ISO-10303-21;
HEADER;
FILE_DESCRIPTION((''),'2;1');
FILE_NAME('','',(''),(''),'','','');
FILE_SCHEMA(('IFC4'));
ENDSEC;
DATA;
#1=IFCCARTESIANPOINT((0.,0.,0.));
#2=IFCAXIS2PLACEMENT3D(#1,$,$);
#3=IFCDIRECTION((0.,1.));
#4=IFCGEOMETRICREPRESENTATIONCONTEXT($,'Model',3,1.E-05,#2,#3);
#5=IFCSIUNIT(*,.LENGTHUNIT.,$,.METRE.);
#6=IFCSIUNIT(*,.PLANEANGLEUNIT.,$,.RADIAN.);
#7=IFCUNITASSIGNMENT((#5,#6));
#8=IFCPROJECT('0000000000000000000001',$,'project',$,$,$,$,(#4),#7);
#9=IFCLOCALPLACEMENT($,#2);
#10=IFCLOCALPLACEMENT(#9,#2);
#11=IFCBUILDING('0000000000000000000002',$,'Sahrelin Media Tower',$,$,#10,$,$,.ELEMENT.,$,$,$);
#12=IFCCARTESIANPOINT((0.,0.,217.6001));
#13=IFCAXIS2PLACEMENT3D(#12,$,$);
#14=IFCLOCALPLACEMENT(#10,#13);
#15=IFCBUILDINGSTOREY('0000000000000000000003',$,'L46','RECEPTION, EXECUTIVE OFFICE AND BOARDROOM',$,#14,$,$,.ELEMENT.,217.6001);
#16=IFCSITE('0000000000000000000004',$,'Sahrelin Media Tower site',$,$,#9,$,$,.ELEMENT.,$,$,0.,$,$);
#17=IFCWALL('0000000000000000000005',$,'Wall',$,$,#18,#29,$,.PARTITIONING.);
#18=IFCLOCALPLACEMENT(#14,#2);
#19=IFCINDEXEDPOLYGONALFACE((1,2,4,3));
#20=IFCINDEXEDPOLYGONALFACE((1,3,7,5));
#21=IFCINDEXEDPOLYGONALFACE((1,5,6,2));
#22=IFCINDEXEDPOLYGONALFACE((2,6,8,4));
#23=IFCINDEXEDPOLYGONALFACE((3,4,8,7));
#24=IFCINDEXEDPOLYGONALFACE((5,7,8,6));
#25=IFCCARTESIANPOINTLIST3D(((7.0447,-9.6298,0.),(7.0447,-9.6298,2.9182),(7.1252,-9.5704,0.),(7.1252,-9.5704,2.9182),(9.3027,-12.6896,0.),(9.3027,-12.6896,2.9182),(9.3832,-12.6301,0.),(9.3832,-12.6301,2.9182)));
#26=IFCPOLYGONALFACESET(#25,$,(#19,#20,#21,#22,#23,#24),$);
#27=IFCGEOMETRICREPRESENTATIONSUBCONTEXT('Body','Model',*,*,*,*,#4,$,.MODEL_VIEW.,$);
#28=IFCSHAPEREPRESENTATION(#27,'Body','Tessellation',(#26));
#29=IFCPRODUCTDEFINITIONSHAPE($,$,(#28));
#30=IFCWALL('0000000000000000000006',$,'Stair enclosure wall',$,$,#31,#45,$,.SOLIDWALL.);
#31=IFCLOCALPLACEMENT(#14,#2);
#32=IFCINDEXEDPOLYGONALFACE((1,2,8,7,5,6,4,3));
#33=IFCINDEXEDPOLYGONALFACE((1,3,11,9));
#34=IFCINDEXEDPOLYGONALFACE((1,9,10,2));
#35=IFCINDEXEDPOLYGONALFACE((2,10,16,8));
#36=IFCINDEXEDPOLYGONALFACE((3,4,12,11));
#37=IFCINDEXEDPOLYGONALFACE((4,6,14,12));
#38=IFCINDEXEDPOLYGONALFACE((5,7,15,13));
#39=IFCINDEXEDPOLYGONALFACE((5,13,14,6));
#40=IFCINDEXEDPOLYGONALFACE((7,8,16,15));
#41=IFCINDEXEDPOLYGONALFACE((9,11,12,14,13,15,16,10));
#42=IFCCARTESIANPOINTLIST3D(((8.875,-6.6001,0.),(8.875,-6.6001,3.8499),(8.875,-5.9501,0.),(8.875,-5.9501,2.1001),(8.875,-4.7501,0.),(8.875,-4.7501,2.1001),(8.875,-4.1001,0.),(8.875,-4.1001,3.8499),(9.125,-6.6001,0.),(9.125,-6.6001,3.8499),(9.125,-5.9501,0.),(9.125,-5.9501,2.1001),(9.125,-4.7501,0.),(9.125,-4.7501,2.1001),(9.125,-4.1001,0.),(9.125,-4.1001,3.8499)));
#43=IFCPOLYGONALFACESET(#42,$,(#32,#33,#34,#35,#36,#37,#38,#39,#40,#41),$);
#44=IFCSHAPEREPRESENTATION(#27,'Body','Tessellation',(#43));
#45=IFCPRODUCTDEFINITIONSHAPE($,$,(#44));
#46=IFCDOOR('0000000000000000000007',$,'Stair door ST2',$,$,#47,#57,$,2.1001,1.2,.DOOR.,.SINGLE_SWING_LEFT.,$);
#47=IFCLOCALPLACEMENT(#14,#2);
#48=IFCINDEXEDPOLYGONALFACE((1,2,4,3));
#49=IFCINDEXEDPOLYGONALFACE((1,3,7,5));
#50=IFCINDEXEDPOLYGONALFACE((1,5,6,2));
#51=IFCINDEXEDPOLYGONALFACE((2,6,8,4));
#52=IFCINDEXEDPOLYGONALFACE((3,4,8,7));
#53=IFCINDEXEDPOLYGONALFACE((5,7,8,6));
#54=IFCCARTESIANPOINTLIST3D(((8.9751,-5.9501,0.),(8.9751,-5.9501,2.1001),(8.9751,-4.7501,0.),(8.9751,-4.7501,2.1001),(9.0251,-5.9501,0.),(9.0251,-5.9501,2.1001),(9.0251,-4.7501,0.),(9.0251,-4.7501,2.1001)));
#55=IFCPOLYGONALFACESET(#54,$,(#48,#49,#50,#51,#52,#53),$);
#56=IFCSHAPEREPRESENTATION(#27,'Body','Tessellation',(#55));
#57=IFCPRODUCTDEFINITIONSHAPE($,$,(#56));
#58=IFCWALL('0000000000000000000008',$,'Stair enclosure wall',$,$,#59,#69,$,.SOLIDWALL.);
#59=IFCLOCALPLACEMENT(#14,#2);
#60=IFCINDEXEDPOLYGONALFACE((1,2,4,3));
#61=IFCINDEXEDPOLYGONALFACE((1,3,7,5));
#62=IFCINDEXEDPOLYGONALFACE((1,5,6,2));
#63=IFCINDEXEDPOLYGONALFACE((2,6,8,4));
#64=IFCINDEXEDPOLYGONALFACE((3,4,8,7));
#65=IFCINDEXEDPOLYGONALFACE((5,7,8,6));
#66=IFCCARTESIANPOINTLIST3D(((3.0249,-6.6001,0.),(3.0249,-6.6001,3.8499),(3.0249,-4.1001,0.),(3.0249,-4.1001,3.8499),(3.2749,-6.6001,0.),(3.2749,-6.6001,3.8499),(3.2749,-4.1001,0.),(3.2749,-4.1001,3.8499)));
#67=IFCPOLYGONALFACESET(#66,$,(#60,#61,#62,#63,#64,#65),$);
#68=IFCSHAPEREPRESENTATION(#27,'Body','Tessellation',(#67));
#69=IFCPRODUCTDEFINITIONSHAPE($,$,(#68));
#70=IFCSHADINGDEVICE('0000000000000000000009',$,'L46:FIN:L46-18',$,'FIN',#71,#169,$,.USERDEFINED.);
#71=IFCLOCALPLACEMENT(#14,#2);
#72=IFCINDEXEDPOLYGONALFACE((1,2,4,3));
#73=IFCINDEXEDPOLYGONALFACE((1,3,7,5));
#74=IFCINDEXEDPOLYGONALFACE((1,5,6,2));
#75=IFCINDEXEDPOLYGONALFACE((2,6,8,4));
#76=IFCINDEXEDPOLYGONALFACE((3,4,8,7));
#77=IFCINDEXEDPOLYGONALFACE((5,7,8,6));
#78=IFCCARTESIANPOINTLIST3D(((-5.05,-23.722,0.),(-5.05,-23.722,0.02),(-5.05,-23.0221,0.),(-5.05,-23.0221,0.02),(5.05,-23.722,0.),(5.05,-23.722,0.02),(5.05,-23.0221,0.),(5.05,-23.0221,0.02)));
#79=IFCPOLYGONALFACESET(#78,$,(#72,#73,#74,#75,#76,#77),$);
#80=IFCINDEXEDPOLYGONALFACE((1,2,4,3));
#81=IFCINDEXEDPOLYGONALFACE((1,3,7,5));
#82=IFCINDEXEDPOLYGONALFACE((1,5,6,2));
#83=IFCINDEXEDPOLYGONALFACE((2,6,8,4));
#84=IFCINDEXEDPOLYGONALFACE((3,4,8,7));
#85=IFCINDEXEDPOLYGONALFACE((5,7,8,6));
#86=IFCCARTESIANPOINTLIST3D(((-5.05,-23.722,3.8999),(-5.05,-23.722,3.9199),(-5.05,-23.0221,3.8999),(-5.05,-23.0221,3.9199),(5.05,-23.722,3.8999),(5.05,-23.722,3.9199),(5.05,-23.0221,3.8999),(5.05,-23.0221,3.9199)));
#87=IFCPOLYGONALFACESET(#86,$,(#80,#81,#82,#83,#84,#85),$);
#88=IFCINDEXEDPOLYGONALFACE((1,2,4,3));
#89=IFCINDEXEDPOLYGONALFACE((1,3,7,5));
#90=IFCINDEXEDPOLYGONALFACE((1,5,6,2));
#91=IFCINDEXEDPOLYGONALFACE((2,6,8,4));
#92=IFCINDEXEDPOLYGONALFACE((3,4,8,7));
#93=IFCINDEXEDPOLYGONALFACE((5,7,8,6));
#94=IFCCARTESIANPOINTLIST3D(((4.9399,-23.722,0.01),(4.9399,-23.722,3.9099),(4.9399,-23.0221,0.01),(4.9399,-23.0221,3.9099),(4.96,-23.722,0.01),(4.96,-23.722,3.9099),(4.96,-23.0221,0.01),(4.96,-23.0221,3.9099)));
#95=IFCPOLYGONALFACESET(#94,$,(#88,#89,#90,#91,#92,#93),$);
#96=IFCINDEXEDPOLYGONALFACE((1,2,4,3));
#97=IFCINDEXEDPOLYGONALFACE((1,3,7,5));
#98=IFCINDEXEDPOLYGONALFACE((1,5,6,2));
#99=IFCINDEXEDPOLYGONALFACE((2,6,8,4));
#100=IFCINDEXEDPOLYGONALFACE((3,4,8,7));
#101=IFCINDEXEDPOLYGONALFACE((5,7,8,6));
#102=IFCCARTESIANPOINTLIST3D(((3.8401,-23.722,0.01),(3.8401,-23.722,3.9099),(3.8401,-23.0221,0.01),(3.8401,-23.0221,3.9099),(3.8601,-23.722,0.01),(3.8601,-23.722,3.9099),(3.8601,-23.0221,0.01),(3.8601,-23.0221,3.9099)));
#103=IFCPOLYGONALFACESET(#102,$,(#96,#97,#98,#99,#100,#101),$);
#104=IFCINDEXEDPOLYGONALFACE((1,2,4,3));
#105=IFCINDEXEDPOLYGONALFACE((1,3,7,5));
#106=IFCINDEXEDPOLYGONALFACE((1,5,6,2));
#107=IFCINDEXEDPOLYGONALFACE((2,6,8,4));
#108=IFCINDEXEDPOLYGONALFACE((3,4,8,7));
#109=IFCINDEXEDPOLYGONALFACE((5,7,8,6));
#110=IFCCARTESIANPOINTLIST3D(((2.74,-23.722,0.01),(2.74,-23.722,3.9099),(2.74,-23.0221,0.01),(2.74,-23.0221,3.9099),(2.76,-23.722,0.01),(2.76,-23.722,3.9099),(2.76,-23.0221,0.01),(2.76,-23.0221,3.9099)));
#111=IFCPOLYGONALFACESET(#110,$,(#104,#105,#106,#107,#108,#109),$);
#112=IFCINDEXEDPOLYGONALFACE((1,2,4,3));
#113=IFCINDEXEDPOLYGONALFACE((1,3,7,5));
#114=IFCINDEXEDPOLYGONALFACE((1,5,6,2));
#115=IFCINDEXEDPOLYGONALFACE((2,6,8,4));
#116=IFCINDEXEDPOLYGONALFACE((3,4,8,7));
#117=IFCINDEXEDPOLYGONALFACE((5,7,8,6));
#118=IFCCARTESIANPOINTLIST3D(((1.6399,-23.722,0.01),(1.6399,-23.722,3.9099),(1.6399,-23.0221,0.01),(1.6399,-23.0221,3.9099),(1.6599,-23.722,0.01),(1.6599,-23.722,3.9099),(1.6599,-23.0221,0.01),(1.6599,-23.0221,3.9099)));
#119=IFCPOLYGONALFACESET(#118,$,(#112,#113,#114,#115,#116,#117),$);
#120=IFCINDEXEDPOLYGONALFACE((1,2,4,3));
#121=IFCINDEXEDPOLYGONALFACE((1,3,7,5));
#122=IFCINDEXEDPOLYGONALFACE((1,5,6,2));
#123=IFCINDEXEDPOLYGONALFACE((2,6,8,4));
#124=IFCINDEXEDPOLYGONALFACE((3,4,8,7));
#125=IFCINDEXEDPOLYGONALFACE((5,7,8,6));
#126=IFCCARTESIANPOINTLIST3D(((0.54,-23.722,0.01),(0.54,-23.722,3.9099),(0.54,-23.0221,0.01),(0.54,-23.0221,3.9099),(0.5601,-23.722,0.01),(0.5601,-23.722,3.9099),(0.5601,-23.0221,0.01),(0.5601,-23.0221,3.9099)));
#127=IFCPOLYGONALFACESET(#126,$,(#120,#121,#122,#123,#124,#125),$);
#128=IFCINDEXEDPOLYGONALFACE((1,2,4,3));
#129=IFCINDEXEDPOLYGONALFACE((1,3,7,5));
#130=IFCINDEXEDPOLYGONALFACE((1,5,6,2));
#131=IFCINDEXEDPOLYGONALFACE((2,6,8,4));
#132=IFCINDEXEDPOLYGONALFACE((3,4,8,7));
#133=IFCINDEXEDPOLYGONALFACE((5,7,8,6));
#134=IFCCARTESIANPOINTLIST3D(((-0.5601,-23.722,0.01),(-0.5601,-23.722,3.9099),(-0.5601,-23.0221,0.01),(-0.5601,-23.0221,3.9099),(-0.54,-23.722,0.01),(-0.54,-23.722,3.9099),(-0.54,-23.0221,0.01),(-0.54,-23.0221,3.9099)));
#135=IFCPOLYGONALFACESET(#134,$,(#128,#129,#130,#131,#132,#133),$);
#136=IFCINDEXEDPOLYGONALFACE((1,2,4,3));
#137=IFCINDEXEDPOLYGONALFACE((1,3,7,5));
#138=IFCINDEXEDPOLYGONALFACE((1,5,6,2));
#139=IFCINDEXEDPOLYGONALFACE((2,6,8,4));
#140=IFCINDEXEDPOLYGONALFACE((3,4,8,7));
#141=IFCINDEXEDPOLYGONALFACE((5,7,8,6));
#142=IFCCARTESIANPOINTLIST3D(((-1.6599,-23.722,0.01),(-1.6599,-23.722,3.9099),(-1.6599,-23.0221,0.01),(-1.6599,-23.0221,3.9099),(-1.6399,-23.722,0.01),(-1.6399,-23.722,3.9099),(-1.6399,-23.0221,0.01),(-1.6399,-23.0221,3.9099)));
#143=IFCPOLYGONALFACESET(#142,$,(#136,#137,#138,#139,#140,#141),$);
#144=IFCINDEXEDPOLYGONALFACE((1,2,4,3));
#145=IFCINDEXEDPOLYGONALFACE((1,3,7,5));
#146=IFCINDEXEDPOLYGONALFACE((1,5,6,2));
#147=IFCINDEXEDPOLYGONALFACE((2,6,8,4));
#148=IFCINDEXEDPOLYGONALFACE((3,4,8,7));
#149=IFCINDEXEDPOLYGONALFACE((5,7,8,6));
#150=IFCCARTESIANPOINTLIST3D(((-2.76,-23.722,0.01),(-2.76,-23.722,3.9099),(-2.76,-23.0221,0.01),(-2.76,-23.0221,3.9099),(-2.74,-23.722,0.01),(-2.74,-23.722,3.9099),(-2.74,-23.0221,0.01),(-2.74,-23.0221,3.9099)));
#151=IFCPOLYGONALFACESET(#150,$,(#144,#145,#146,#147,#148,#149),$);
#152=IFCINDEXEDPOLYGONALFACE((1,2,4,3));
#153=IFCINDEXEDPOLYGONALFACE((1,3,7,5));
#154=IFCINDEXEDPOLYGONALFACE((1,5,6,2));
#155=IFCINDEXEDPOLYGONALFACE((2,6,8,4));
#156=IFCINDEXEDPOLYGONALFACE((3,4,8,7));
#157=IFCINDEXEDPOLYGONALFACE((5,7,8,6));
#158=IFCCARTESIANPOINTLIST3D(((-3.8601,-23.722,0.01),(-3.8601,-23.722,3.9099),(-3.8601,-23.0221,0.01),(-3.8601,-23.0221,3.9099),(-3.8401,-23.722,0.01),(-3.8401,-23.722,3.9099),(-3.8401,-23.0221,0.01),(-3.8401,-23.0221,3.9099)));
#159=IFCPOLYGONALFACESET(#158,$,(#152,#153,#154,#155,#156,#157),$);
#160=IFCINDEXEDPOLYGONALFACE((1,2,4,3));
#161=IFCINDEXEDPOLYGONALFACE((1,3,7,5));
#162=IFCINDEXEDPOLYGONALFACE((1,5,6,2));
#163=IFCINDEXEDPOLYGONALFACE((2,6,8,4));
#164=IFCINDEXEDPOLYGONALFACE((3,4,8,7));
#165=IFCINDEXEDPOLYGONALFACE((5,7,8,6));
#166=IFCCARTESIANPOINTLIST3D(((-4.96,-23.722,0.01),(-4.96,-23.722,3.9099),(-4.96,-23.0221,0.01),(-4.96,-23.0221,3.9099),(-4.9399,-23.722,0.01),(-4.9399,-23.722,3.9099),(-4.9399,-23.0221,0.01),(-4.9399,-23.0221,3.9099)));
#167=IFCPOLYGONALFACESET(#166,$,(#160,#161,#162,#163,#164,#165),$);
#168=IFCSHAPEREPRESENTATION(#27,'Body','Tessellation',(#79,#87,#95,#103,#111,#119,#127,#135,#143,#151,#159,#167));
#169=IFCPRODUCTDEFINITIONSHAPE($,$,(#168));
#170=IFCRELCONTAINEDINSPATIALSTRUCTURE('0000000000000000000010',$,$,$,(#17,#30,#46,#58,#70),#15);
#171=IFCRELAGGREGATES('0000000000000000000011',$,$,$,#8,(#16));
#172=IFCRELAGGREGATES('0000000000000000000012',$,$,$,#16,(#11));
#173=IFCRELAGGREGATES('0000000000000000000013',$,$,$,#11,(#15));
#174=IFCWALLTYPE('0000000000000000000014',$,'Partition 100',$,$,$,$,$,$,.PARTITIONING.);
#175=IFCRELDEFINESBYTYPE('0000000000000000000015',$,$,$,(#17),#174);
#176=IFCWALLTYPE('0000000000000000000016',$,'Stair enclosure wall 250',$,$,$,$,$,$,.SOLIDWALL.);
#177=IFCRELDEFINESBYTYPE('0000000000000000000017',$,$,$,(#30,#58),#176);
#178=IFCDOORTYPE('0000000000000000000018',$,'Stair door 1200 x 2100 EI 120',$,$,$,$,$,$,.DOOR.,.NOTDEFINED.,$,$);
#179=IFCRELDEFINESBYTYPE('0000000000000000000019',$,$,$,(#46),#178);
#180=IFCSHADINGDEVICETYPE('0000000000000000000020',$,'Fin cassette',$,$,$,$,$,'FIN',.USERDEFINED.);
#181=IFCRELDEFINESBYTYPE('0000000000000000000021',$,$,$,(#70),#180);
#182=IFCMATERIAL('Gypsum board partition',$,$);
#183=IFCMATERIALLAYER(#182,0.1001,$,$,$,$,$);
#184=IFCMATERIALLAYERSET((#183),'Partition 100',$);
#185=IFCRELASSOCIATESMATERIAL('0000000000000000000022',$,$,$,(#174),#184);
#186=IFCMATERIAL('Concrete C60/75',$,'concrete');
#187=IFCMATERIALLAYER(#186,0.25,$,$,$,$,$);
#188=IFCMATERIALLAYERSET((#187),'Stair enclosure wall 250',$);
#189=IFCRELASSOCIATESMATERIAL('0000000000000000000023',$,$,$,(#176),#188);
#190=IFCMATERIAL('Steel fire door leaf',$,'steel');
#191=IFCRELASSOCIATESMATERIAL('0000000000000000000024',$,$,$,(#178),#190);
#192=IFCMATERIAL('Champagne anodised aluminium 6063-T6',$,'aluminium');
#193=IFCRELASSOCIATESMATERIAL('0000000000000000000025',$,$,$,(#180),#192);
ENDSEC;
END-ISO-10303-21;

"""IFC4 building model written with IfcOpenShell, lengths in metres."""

from ifc_helpers import new_model, si_unit, direction, frame, frame_2d, origin, origin_2d, place, context, subcontext, project, spatial, rectangle, extrude, material, layer, layer_set, type_object, element, fill, save


model = new_model("IFC4")

# Units and contexts
model_context = context("Model", 3, precision=1e-05, world=origin(), true_north=direction((0.0, 1.0)))
body_context = subcontext(model_context, "Body", "Model", "MODEL_VIEW")
ifc_project = project(units=[si_unit("LENGTHUNIT", "METRE"), si_unit("PLANEANGLEUNIT", "RADIAN")], contexts=[model_context])

# Site, building, storey
site_placement = place(None, origin())
site = spatial("IfcSite", under=ifc_project, at=site_placement, Name="Sahrelin Media Tower site", CompositionType="ELEMENT", RefElevation=0.0)
building_placement = place(site_placement, origin())
building = spatial("IfcBuilding", under=site, at=building_placement, Name="Sahrelin Media Tower", CompositionType="ELEMENT")
storey_placement = place(building_placement, frame((0.0, 0.0, 217.6001)))
storey = spatial("IfcBuildingStorey", under=building, at=storey_placement, Name="L46", Description="RECEPTION, EXECUTIVE OFFICE AND BOARDROOM", CompositionType="ELEMENT", Elevation=217.6001)

# Shared definitions
ifc_material_1 = material(Name="Champagne anodised aluminium 6063-T6", Category="aluminium")

# Shared definitions
ifc_material_2 = material(Name="Steel fire door leaf", Category="steel")

# Wall
ifc_material_3 = material(Name="Gypsum board partition")
ifc_layer_1 = layer(ifc_material_3, 0.1001)
ifc_layer_set_1 = layer_set([ifc_layer_1], Name="Partition 100")
wall_type_1 = type_object("IfcWallType", Name="Partition 100", PredefinedType="PARTITIONING", material=ifc_layer_set_1)
wall_1_placement = place(storey_placement, frame((7.085, -9.6001, 0.0), z_axis=(0.0, 0.0, 1.0), x_axis=(0.593788, -0.804622, 0.0)))
element("IfcWall", 1, at=wall_1_placement, inside=storey, type_object=wall_type_1, Name="Wall", PredefinedType="PARTITIONING", context=body_context, shape_type="SweptSolid", body=[
    extrude(rectangle(XDim=3.8027, YDim=0.1001, at=frame_2d((1.9014, 0.0))), origin(), (0.0, 0.0, 1.0), 2.9182),
])

# Wall, opening, door
ifc_material_4 = material(Name="Concrete C60/75", Category="concrete")
ifc_layer_2 = layer(ifc_material_4, 0.25)
ifc_layer_set_2 = layer_set([ifc_layer_2], Name="Stair enclosure wall 250")
wall_type_2 = type_object("IfcWallType", Name="Stair enclosure wall 250", PredefinedType="SOLIDWALL", material=ifc_layer_set_2)
wall_2_placement = place(storey_placement, frame((9.0, -6.6001, 0.0), z_axis=(0.0, 0.0, 1.0), x_axis=(0.0, 1.0, 0.0)))
wall_2 = element("IfcWall", 2, at=wall_2_placement, inside=storey, type_object=wall_type_2, Name="Stair enclosure wall", PredefinedType="SOLIDWALL", context=body_context, shape_type="SweptSolid", body=[
    extrude(rectangle(XDim=2.5, YDim=0.25, at=frame_2d((1.25, 0.0))), origin(), (0.0, 0.0, 1.0), 3.8499),
])
opening_1_placement = place(wall_2_placement, frame((0.6499, 0.0, 0.0)))
opening_1 = element("IfcOpeningElement", 3, at=opening_1_placement, cuts=wall_2, PredefinedType="OPENING", context=body_context, shape_type="SweptSolid", body=[
    extrude(rectangle(XDim=1.2, YDim=2.1001, at=frame_2d((0.6001, 1.05))), frame((0.0, 0.125, 0.0), z_axis=(0.0, -1.0, 0.0), x_axis=(1.0, 0.0, 0.0)), (0.0, 0.0, 1.0), 0.25),
])
door_type_1 = type_object("IfcDoorType", Name="Stair door 1200 x 2100 EI 120", OperationType="NOTDEFINED", PredefinedType="DOOR", material=ifc_material_2)
door_1_placement = place(opening_1_placement, origin())
door_1 = element("IfcDoor", 4, at=door_1_placement, inside=storey, type_object=door_type_1, Name="Stair door ST2", OperationType="SINGLE_SWING_LEFT", OverallHeight=2.1001, OverallWidth=1.2, PredefinedType="DOOR", context=body_context, shape_type="SweptSolid", body=[
    extrude(rectangle(XDim=1.2, YDim=2.1001, at=frame_2d((0.6001, 1.05))), frame((0.0, 0.0249, 0.0), z_axis=(0.0, -1.0, 0.0), x_axis=(1.0, 0.0, 0.0)), (0.0, 0.0, 1.0), 0.05),
])
fill(opening_1, door_1)

# Wall
wall_3_placement = place(storey_placement, frame((3.1499, -6.6001, 0.0), z_axis=(0.0, 0.0, 1.0), x_axis=(0.0, 1.0, 0.0)))
element("IfcWall", 5, at=wall_3_placement, inside=storey, type_object=wall_type_2, Name="Stair enclosure wall", PredefinedType="SOLIDWALL", context=body_context, shape_type="SweptSolid", body=[
    extrude(rectangle(XDim=2.5, YDim=0.25, at=frame_2d((1.25, 0.0))), origin(), (0.0, 0.0, 1.0), 3.8499),
])

# Shading device
shading_device_type_1 = type_object("IfcShadingDeviceType", Name="Fin cassette", ElementType="FIN", PredefinedType="USERDEFINED", material=ifc_material_1)
placement_1 = place(storey_placement, frame((0.0, -22.9521, 0.0), z_axis=(0.0, 0.0, 1.0), x_axis=(-1.0, 0.0, 0.0)))
element("IfcShadingDevice", 6, at=placement_1, inside=storey, type_object=shading_device_type_1, Name="L46:FIN:L46-18", ObjectType="FIN", PredefinedType="USERDEFINED", context=body_context, shape_type="SweptSolid", body=[
    extrude(rectangle(XDim=10.1001, YDim=0.7, at=origin_2d()), frame((0.0, 0.4199, 0.0)), (0.0, 0.0, 1.0), 0.02),
    extrude(rectangle(XDim=10.1001, YDim=0.7, at=origin_2d()), frame((0.0, 0.4199, 3.8999)), (0.0, 0.0, 1.0), 0.02),
    extrude(rectangle(XDim=0.02, YDim=0.7, at=origin_2d()), frame((-4.95, 0.4199, 0.01), z_axis=(0.0, 0.0, 1.0), x_axis=(1.0, 0.0, 0.0)), (0.0, 0.0, 1.0), 3.8999),
    extrude(rectangle(XDim=0.02, YDim=0.7, at=origin_2d()), frame((-3.8501, 0.4199, 0.01), z_axis=(0.0, 0.0, 1.0), x_axis=(1.0, 0.0, 0.0)), (0.0, 0.0, 1.0), 3.8999),
    extrude(rectangle(XDim=0.02, YDim=0.7, at=origin_2d()), frame((-2.75, 0.4199, 0.01), z_axis=(0.0, 0.0, 1.0), x_axis=(1.0, 0.0, 0.0)), (0.0, 0.0, 1.0), 3.8999),
    extrude(rectangle(XDim=0.02, YDim=0.7, at=origin_2d()), frame((-1.6499, 0.4199, 0.01), z_axis=(0.0, 0.0, 1.0), x_axis=(1.0, 0.0, 0.0)), (0.0, 0.0, 1.0), 3.8999),
    extrude(rectangle(XDim=0.02, YDim=0.7, at=origin_2d()), frame((-0.55, 0.4199, 0.01), z_axis=(0.0, 0.0, 1.0), x_axis=(1.0, 0.0, 0.0)), (0.0, 0.0, 1.0), 3.8999),
    extrude(rectangle(XDim=0.02, YDim=0.7, at=origin_2d()), frame((0.55, 0.4199, 0.01), z_axis=(0.0, 0.0, 1.0), x_axis=(1.0, 0.0, 0.0)), (0.0, 0.0, 1.0), 3.8999),
    extrude(rectangle(XDim=0.02, YDim=0.7, at=origin_2d()), frame((1.6499, 0.4199, 0.01), z_axis=(0.0, 0.0, 1.0), x_axis=(1.0, 0.0, 0.0)), (0.0, 0.0, 1.0), 3.8999),
    extrude(rectangle(XDim=0.02, YDim=0.7, at=origin_2d()), frame((2.75, 0.4199, 0.01), z_axis=(0.0, 0.0, 1.0), x_axis=(1.0, 0.0, 0.0)), (0.0, 0.0, 1.0), 3.8999),
    extrude(rectangle(XDim=0.02, YDim=0.7, at=origin_2d()), frame((3.8501, 0.4199, 0.01), z_axis=(0.0, 0.0, 1.0), x_axis=(1.0, 0.0, 0.0)), (0.0, 0.0, 1.0), 3.8999),
    extrude(rectangle(XDim=0.02, YDim=0.7, at=origin_2d()), frame((4.95, 0.4199, 0.01), z_axis=(0.0, 0.0, 1.0), x_axis=(1.0, 0.0, 0.0)), (0.0, 0.0, 1.0), 3.8999),
])

save(model, "model.ifc")
